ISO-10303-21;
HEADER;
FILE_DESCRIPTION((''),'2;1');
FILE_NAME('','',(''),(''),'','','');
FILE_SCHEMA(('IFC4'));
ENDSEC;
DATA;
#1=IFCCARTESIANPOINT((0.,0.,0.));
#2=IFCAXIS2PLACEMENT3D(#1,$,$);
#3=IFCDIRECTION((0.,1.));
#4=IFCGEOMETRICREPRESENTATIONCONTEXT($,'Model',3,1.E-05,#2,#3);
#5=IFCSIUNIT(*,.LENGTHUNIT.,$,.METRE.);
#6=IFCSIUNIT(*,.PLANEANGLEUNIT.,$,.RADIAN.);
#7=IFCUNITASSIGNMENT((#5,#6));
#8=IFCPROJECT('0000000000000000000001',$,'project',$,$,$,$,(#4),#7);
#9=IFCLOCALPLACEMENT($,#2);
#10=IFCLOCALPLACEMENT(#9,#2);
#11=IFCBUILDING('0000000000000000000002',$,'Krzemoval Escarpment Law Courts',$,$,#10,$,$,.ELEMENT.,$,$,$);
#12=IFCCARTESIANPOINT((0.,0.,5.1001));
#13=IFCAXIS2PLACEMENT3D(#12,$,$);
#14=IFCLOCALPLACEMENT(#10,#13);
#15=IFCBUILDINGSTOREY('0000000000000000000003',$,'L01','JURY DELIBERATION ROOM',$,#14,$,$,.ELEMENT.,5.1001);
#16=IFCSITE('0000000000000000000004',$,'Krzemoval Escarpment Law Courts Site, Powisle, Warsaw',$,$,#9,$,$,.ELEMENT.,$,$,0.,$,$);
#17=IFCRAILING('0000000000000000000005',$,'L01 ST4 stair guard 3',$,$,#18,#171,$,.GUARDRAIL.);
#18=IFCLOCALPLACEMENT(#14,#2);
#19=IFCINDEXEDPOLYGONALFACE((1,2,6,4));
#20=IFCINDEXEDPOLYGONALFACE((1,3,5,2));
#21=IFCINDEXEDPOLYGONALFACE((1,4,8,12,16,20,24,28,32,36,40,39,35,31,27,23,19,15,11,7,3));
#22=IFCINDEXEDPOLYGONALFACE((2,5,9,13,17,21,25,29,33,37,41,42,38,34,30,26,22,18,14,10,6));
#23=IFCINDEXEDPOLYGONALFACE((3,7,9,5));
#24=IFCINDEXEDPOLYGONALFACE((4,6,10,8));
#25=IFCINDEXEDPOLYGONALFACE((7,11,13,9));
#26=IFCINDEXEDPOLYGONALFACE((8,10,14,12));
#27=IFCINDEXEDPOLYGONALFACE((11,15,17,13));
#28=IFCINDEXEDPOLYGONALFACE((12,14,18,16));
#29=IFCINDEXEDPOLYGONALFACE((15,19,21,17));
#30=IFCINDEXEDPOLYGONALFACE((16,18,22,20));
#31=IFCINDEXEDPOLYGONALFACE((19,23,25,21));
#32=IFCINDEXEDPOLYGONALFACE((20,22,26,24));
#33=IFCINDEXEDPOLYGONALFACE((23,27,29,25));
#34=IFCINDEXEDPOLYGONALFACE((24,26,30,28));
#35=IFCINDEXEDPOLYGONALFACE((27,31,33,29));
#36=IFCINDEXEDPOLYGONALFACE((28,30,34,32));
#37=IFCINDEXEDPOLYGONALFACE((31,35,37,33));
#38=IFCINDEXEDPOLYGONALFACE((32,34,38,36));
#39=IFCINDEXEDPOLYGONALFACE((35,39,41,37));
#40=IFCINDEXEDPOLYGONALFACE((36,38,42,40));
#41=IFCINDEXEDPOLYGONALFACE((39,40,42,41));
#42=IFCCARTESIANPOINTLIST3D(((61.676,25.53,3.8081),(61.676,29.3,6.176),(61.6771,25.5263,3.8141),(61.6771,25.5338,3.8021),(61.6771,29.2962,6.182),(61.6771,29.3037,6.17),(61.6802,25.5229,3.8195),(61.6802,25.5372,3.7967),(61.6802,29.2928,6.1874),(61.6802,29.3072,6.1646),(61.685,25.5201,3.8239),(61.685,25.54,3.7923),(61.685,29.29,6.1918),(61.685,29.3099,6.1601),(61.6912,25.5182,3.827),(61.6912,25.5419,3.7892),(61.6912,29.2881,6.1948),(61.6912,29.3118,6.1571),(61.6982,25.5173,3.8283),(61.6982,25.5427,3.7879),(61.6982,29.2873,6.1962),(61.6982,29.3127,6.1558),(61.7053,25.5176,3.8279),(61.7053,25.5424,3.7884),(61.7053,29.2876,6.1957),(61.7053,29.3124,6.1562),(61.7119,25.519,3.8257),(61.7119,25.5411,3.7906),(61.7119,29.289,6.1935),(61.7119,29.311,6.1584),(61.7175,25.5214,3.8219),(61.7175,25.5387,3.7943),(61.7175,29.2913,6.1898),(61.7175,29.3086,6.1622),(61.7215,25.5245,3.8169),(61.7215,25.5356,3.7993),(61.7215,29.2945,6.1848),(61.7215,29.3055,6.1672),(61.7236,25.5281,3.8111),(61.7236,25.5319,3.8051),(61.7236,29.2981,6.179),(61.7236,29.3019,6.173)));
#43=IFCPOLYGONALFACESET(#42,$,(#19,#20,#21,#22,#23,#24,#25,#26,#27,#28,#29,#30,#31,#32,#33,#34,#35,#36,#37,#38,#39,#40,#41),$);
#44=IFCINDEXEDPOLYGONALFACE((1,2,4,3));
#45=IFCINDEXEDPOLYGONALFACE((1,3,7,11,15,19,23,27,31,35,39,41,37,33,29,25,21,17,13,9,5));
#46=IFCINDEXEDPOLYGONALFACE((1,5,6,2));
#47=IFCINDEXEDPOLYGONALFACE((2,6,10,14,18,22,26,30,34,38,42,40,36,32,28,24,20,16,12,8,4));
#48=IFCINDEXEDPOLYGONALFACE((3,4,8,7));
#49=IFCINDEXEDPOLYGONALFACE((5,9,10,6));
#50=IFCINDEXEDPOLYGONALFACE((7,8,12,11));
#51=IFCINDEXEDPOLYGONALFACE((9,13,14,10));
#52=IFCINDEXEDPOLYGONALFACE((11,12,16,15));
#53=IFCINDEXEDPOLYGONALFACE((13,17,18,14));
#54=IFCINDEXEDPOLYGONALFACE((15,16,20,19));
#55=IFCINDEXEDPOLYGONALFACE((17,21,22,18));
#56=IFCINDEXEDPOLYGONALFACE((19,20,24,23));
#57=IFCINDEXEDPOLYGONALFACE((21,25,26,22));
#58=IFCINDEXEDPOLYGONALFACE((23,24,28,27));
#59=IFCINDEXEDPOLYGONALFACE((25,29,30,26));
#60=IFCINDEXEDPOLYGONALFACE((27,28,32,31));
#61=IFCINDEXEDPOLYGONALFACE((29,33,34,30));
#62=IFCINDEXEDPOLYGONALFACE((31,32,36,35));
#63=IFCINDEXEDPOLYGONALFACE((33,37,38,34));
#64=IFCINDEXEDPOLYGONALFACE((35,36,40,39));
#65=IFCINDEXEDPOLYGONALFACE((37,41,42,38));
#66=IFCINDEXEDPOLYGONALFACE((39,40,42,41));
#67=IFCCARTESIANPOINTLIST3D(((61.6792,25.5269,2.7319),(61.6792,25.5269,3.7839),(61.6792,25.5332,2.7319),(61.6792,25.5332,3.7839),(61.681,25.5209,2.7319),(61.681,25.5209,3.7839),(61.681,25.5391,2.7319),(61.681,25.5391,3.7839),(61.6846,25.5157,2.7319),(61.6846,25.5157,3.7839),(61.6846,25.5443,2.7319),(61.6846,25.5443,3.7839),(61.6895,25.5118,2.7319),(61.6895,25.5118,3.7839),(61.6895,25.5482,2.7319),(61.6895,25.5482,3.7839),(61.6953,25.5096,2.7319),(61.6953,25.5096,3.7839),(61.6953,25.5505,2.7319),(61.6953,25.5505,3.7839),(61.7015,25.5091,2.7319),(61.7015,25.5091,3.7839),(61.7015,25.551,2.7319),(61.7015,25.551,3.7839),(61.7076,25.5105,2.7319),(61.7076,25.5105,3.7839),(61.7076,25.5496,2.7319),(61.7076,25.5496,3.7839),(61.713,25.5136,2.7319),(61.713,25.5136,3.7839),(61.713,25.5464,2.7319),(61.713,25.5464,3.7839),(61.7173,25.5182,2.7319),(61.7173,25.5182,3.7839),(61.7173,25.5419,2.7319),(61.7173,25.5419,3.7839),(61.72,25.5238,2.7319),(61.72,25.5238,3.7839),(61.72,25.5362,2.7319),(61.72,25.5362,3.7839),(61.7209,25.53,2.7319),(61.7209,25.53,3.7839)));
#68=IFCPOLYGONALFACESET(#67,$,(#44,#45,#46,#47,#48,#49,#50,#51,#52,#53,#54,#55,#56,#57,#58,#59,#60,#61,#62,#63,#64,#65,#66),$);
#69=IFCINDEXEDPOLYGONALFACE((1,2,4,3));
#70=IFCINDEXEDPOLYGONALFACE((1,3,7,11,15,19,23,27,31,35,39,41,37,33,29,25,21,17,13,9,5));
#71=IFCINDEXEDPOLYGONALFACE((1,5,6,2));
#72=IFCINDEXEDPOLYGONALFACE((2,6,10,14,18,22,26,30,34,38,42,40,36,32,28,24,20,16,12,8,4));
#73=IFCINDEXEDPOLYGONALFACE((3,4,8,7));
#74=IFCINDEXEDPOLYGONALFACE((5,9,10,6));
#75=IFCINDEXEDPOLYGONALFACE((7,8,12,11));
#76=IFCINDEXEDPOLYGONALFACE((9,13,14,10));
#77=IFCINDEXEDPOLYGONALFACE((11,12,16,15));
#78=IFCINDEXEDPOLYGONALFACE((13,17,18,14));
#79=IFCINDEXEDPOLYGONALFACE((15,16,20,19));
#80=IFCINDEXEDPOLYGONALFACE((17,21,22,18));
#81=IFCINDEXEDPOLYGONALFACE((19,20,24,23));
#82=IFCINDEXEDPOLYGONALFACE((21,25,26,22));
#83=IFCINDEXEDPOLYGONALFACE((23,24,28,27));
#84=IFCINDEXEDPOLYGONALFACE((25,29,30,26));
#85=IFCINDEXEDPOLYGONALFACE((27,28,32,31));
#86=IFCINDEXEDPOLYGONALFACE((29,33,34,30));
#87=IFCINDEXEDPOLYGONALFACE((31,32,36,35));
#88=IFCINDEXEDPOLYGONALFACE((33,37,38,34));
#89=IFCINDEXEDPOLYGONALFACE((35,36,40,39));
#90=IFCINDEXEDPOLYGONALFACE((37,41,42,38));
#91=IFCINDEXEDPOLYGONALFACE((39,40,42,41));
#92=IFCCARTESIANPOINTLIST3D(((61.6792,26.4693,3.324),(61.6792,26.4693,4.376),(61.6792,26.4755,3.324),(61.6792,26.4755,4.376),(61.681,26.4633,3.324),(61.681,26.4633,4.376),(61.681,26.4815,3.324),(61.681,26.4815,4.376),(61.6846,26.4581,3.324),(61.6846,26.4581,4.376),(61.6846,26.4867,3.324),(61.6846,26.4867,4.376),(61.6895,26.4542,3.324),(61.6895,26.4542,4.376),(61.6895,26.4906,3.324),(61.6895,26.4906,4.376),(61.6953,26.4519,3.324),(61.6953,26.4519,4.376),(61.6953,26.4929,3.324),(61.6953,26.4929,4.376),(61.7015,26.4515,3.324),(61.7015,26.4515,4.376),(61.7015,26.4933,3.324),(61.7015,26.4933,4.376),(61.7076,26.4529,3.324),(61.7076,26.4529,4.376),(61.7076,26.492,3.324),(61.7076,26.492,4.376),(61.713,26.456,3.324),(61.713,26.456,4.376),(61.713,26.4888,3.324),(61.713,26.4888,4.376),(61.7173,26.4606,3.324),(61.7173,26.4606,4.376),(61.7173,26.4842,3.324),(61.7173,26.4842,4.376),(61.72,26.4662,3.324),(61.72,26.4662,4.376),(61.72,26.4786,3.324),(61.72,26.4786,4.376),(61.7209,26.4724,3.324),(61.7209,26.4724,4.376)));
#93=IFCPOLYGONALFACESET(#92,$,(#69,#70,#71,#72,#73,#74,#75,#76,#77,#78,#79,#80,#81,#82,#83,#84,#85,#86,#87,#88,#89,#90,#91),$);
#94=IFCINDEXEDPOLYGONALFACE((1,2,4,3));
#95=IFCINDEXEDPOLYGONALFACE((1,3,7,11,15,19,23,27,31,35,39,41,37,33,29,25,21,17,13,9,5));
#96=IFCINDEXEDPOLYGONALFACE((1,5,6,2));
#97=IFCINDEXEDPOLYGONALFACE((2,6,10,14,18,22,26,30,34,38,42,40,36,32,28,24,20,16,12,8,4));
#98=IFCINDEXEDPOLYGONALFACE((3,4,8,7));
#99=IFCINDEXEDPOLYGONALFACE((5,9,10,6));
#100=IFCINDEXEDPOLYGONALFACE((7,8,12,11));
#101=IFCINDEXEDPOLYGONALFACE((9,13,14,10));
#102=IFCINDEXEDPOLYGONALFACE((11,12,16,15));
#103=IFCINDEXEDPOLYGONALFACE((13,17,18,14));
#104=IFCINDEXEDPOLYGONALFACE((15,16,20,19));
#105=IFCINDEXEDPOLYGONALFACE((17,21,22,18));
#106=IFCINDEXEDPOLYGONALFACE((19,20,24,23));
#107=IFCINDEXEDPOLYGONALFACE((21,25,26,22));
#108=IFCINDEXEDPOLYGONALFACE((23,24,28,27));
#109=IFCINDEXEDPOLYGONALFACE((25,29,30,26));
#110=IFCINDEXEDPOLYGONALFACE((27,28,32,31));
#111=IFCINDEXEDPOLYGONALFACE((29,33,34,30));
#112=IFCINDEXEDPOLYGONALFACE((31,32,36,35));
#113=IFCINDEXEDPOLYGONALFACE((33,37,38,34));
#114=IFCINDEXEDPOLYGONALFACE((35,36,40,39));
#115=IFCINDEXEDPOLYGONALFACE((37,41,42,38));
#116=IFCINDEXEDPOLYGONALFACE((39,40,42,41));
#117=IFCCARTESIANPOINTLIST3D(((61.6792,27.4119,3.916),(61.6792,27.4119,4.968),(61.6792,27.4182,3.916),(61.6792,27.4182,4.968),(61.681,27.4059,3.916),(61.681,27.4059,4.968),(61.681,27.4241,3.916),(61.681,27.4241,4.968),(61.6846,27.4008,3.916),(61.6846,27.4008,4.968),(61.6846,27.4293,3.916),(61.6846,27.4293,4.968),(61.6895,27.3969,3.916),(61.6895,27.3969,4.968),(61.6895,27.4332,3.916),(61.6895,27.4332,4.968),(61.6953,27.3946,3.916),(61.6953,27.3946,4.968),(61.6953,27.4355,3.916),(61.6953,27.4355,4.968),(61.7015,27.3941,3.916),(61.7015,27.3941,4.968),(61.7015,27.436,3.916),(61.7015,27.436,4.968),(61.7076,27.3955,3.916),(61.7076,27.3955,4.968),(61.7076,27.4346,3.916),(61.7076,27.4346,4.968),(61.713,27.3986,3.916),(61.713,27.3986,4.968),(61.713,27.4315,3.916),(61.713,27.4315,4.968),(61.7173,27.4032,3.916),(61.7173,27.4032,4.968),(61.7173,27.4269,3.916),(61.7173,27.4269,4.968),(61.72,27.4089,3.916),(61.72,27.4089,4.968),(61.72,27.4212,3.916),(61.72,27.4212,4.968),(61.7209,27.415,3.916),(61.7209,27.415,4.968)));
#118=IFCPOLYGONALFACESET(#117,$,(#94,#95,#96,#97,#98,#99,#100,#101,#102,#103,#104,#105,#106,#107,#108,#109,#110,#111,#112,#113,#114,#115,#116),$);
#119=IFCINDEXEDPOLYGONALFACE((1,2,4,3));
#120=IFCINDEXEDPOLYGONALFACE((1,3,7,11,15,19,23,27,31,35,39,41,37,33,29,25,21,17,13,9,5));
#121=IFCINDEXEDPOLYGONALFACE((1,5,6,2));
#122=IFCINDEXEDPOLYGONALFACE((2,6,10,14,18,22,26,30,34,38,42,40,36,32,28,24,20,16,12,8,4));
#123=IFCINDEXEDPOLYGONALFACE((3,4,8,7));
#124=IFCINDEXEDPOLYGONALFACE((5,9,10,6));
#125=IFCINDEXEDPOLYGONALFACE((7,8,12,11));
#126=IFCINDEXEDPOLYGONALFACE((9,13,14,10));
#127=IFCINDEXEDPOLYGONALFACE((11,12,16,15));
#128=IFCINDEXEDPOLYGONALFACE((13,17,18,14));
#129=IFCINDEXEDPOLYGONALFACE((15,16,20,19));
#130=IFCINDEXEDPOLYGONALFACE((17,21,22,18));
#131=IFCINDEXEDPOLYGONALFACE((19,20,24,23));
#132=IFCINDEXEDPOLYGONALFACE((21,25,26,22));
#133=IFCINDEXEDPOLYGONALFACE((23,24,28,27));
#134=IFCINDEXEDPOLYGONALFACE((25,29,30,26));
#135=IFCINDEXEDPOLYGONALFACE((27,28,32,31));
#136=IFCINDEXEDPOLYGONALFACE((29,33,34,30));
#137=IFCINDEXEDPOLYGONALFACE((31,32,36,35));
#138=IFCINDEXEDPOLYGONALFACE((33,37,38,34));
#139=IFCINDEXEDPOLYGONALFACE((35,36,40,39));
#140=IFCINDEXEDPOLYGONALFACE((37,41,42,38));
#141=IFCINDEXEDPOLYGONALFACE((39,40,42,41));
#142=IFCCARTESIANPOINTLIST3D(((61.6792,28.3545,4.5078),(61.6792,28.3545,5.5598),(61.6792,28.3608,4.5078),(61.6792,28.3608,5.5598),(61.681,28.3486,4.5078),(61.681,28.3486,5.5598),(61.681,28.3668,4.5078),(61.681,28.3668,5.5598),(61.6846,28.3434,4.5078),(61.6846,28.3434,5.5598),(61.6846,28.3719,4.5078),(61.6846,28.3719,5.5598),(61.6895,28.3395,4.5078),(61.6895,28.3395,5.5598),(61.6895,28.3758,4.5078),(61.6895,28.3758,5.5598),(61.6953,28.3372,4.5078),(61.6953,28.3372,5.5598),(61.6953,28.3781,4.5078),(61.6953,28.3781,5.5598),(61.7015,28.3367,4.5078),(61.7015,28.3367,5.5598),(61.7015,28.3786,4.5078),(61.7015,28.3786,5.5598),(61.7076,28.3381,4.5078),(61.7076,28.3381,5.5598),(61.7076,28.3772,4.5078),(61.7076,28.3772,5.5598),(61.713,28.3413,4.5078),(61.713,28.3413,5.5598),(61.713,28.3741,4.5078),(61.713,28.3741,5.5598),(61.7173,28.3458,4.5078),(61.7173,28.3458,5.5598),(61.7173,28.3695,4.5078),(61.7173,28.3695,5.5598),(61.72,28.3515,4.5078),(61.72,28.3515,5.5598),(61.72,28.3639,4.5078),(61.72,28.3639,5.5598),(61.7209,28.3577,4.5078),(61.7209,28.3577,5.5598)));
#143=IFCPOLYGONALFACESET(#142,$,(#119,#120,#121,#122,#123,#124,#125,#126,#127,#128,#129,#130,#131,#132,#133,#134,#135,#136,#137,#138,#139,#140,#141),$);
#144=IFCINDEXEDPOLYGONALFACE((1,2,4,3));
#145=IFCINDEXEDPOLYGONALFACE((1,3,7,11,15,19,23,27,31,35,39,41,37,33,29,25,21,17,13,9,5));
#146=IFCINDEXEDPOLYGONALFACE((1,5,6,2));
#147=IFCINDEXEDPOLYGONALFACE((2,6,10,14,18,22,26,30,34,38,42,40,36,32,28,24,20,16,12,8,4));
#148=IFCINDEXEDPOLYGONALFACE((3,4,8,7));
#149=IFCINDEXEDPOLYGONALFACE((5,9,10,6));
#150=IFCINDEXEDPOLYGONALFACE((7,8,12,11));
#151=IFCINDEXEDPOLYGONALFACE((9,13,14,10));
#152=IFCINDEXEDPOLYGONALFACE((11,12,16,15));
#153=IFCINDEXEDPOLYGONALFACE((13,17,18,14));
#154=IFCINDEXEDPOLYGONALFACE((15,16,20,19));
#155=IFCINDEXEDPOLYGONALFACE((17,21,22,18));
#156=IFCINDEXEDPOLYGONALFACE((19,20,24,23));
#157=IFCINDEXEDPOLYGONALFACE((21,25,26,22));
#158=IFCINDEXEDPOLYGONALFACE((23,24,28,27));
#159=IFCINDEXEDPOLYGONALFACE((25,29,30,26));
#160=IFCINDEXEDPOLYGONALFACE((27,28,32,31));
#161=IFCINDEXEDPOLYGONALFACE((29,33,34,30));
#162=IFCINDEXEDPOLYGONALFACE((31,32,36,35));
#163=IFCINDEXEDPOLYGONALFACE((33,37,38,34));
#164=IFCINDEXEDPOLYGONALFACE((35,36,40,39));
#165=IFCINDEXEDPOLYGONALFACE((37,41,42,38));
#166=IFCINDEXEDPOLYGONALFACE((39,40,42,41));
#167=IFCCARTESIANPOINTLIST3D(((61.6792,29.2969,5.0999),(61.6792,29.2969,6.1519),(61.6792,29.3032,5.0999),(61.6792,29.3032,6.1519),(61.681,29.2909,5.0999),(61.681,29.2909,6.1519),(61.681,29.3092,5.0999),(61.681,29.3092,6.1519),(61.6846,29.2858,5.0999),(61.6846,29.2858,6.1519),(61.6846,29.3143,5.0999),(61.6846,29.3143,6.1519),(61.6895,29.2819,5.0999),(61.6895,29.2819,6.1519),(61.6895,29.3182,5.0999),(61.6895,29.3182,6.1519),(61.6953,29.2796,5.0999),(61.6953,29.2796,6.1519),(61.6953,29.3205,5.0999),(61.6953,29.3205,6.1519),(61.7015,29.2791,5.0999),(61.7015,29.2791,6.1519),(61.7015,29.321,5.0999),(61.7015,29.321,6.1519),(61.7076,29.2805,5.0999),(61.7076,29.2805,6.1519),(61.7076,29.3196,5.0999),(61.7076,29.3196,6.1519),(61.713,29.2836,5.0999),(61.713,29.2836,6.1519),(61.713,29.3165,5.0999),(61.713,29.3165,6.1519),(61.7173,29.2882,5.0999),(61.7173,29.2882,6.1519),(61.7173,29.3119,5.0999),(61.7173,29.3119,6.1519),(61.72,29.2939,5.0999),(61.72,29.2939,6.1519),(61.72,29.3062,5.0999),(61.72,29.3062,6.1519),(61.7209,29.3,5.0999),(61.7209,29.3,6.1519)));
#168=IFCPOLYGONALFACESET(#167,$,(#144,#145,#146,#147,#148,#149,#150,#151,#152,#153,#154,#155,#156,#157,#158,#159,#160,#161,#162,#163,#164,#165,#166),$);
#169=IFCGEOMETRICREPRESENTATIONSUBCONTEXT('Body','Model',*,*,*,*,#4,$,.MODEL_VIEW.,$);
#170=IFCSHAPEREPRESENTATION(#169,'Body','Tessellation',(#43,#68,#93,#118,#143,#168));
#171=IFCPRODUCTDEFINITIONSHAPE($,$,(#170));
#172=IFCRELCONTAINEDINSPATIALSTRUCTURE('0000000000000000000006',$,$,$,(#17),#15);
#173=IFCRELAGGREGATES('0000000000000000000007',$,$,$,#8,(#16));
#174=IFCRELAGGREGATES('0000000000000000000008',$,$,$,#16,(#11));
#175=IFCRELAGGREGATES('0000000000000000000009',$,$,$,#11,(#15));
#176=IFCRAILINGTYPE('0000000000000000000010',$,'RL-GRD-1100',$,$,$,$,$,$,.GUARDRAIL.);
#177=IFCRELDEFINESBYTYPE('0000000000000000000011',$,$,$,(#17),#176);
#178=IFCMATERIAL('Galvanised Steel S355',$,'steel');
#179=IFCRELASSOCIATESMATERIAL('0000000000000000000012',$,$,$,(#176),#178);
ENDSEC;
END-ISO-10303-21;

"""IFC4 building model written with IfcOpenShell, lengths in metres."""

from ifc_helpers import new_model, si_unit, direction, frame, origin, origin_2d, place, context, subcontext, project, spatial, circle, extrude, material, type_object, element, save


model = new_model("IFC4")

# Units and contexts
model_context = context("Model", 3, precision=1e-05, world=origin(), true_north=direction((0.0, 1.0)))
body_context = subcontext(model_context, "Body", "Model", "MODEL_VIEW")
ifc_project = project(units=[si_unit("LENGTHUNIT", "METRE"), si_unit("PLANEANGLEUNIT", "RADIAN")], contexts=[model_context])

# Site, building, storey
site_placement = place(None, origin())
site = spatial("IfcSite", under=ifc_project, at=site_placement, Name="Krzemoval Escarpment Law Courts Site, Powisle, Warsaw", CompositionType="ELEMENT", RefElevation=0.0)
building_placement = place(site_placement, origin())
building = spatial("IfcBuilding", under=site, at=building_placement, Name="Krzemoval Escarpment Law Courts", CompositionType="ELEMENT")
storey_placement = place(building_placement, frame((0.0, 0.0, 5.1001)))
storey = spatial("IfcBuildingStorey", under=building, at=storey_placement, Name="L01", Description="JURY DELIBERATION ROOM", CompositionType="ELEMENT", Elevation=5.1001)

# Railing
ifc_material_1 = material(Name="Galvanised Steel S355", Category="steel")
railing_type_1 = type_object("IfcRailingType", Name="RL-GRD-1100", PredefinedType="GUARDRAIL", material=ifc_material_1)
railing_1_placement = place(storey_placement, frame((61.7, 25.53, 2.7319)))
element("IfcRailing", 1, at=railing_1_placement, inside=storey, type_object=railing_type_1, Name="L01 ST4 stair guard 3", PredefinedType="GUARDRAIL", context=body_context, shape_type="SweptSolid", body=[
    extrude(circle(Radius=0.0239, at=origin_2d()), frame((0.0, 0.0, 1.0762), z_axis=(0.0, 0.846819, 0.531881), x_axis=(-1.0, 0.0, 0.0)), (0.0, 0.0, 1.0), 4.4519),
    extrude(circle(Radius=0.021, at=origin_2d()), origin(), (0.0, 0.0, 1.0), 1.052),
    extrude(circle(Radius=0.021, at=origin_2d()), frame((0.0, 0.9424, 0.592)), (0.0, 0.0, 1.0), 1.052),
    extrude(circle(Radius=0.021, at=origin_2d()), frame((0.0, 1.885, 1.1841)), (0.0, 0.0, 1.0), 1.052),
    extrude(circle(Radius=0.021, at=origin_2d()), frame((0.0, 2.8276, 1.7759)), (0.0, 0.0, 1.0), 1.052),
    extrude(circle(Radius=0.021, at=origin_2d()), frame((0.0, 3.77, 2.3679)), (0.0, 0.0, 1.0), 1.052),
])

save(model, "model.ifc")
